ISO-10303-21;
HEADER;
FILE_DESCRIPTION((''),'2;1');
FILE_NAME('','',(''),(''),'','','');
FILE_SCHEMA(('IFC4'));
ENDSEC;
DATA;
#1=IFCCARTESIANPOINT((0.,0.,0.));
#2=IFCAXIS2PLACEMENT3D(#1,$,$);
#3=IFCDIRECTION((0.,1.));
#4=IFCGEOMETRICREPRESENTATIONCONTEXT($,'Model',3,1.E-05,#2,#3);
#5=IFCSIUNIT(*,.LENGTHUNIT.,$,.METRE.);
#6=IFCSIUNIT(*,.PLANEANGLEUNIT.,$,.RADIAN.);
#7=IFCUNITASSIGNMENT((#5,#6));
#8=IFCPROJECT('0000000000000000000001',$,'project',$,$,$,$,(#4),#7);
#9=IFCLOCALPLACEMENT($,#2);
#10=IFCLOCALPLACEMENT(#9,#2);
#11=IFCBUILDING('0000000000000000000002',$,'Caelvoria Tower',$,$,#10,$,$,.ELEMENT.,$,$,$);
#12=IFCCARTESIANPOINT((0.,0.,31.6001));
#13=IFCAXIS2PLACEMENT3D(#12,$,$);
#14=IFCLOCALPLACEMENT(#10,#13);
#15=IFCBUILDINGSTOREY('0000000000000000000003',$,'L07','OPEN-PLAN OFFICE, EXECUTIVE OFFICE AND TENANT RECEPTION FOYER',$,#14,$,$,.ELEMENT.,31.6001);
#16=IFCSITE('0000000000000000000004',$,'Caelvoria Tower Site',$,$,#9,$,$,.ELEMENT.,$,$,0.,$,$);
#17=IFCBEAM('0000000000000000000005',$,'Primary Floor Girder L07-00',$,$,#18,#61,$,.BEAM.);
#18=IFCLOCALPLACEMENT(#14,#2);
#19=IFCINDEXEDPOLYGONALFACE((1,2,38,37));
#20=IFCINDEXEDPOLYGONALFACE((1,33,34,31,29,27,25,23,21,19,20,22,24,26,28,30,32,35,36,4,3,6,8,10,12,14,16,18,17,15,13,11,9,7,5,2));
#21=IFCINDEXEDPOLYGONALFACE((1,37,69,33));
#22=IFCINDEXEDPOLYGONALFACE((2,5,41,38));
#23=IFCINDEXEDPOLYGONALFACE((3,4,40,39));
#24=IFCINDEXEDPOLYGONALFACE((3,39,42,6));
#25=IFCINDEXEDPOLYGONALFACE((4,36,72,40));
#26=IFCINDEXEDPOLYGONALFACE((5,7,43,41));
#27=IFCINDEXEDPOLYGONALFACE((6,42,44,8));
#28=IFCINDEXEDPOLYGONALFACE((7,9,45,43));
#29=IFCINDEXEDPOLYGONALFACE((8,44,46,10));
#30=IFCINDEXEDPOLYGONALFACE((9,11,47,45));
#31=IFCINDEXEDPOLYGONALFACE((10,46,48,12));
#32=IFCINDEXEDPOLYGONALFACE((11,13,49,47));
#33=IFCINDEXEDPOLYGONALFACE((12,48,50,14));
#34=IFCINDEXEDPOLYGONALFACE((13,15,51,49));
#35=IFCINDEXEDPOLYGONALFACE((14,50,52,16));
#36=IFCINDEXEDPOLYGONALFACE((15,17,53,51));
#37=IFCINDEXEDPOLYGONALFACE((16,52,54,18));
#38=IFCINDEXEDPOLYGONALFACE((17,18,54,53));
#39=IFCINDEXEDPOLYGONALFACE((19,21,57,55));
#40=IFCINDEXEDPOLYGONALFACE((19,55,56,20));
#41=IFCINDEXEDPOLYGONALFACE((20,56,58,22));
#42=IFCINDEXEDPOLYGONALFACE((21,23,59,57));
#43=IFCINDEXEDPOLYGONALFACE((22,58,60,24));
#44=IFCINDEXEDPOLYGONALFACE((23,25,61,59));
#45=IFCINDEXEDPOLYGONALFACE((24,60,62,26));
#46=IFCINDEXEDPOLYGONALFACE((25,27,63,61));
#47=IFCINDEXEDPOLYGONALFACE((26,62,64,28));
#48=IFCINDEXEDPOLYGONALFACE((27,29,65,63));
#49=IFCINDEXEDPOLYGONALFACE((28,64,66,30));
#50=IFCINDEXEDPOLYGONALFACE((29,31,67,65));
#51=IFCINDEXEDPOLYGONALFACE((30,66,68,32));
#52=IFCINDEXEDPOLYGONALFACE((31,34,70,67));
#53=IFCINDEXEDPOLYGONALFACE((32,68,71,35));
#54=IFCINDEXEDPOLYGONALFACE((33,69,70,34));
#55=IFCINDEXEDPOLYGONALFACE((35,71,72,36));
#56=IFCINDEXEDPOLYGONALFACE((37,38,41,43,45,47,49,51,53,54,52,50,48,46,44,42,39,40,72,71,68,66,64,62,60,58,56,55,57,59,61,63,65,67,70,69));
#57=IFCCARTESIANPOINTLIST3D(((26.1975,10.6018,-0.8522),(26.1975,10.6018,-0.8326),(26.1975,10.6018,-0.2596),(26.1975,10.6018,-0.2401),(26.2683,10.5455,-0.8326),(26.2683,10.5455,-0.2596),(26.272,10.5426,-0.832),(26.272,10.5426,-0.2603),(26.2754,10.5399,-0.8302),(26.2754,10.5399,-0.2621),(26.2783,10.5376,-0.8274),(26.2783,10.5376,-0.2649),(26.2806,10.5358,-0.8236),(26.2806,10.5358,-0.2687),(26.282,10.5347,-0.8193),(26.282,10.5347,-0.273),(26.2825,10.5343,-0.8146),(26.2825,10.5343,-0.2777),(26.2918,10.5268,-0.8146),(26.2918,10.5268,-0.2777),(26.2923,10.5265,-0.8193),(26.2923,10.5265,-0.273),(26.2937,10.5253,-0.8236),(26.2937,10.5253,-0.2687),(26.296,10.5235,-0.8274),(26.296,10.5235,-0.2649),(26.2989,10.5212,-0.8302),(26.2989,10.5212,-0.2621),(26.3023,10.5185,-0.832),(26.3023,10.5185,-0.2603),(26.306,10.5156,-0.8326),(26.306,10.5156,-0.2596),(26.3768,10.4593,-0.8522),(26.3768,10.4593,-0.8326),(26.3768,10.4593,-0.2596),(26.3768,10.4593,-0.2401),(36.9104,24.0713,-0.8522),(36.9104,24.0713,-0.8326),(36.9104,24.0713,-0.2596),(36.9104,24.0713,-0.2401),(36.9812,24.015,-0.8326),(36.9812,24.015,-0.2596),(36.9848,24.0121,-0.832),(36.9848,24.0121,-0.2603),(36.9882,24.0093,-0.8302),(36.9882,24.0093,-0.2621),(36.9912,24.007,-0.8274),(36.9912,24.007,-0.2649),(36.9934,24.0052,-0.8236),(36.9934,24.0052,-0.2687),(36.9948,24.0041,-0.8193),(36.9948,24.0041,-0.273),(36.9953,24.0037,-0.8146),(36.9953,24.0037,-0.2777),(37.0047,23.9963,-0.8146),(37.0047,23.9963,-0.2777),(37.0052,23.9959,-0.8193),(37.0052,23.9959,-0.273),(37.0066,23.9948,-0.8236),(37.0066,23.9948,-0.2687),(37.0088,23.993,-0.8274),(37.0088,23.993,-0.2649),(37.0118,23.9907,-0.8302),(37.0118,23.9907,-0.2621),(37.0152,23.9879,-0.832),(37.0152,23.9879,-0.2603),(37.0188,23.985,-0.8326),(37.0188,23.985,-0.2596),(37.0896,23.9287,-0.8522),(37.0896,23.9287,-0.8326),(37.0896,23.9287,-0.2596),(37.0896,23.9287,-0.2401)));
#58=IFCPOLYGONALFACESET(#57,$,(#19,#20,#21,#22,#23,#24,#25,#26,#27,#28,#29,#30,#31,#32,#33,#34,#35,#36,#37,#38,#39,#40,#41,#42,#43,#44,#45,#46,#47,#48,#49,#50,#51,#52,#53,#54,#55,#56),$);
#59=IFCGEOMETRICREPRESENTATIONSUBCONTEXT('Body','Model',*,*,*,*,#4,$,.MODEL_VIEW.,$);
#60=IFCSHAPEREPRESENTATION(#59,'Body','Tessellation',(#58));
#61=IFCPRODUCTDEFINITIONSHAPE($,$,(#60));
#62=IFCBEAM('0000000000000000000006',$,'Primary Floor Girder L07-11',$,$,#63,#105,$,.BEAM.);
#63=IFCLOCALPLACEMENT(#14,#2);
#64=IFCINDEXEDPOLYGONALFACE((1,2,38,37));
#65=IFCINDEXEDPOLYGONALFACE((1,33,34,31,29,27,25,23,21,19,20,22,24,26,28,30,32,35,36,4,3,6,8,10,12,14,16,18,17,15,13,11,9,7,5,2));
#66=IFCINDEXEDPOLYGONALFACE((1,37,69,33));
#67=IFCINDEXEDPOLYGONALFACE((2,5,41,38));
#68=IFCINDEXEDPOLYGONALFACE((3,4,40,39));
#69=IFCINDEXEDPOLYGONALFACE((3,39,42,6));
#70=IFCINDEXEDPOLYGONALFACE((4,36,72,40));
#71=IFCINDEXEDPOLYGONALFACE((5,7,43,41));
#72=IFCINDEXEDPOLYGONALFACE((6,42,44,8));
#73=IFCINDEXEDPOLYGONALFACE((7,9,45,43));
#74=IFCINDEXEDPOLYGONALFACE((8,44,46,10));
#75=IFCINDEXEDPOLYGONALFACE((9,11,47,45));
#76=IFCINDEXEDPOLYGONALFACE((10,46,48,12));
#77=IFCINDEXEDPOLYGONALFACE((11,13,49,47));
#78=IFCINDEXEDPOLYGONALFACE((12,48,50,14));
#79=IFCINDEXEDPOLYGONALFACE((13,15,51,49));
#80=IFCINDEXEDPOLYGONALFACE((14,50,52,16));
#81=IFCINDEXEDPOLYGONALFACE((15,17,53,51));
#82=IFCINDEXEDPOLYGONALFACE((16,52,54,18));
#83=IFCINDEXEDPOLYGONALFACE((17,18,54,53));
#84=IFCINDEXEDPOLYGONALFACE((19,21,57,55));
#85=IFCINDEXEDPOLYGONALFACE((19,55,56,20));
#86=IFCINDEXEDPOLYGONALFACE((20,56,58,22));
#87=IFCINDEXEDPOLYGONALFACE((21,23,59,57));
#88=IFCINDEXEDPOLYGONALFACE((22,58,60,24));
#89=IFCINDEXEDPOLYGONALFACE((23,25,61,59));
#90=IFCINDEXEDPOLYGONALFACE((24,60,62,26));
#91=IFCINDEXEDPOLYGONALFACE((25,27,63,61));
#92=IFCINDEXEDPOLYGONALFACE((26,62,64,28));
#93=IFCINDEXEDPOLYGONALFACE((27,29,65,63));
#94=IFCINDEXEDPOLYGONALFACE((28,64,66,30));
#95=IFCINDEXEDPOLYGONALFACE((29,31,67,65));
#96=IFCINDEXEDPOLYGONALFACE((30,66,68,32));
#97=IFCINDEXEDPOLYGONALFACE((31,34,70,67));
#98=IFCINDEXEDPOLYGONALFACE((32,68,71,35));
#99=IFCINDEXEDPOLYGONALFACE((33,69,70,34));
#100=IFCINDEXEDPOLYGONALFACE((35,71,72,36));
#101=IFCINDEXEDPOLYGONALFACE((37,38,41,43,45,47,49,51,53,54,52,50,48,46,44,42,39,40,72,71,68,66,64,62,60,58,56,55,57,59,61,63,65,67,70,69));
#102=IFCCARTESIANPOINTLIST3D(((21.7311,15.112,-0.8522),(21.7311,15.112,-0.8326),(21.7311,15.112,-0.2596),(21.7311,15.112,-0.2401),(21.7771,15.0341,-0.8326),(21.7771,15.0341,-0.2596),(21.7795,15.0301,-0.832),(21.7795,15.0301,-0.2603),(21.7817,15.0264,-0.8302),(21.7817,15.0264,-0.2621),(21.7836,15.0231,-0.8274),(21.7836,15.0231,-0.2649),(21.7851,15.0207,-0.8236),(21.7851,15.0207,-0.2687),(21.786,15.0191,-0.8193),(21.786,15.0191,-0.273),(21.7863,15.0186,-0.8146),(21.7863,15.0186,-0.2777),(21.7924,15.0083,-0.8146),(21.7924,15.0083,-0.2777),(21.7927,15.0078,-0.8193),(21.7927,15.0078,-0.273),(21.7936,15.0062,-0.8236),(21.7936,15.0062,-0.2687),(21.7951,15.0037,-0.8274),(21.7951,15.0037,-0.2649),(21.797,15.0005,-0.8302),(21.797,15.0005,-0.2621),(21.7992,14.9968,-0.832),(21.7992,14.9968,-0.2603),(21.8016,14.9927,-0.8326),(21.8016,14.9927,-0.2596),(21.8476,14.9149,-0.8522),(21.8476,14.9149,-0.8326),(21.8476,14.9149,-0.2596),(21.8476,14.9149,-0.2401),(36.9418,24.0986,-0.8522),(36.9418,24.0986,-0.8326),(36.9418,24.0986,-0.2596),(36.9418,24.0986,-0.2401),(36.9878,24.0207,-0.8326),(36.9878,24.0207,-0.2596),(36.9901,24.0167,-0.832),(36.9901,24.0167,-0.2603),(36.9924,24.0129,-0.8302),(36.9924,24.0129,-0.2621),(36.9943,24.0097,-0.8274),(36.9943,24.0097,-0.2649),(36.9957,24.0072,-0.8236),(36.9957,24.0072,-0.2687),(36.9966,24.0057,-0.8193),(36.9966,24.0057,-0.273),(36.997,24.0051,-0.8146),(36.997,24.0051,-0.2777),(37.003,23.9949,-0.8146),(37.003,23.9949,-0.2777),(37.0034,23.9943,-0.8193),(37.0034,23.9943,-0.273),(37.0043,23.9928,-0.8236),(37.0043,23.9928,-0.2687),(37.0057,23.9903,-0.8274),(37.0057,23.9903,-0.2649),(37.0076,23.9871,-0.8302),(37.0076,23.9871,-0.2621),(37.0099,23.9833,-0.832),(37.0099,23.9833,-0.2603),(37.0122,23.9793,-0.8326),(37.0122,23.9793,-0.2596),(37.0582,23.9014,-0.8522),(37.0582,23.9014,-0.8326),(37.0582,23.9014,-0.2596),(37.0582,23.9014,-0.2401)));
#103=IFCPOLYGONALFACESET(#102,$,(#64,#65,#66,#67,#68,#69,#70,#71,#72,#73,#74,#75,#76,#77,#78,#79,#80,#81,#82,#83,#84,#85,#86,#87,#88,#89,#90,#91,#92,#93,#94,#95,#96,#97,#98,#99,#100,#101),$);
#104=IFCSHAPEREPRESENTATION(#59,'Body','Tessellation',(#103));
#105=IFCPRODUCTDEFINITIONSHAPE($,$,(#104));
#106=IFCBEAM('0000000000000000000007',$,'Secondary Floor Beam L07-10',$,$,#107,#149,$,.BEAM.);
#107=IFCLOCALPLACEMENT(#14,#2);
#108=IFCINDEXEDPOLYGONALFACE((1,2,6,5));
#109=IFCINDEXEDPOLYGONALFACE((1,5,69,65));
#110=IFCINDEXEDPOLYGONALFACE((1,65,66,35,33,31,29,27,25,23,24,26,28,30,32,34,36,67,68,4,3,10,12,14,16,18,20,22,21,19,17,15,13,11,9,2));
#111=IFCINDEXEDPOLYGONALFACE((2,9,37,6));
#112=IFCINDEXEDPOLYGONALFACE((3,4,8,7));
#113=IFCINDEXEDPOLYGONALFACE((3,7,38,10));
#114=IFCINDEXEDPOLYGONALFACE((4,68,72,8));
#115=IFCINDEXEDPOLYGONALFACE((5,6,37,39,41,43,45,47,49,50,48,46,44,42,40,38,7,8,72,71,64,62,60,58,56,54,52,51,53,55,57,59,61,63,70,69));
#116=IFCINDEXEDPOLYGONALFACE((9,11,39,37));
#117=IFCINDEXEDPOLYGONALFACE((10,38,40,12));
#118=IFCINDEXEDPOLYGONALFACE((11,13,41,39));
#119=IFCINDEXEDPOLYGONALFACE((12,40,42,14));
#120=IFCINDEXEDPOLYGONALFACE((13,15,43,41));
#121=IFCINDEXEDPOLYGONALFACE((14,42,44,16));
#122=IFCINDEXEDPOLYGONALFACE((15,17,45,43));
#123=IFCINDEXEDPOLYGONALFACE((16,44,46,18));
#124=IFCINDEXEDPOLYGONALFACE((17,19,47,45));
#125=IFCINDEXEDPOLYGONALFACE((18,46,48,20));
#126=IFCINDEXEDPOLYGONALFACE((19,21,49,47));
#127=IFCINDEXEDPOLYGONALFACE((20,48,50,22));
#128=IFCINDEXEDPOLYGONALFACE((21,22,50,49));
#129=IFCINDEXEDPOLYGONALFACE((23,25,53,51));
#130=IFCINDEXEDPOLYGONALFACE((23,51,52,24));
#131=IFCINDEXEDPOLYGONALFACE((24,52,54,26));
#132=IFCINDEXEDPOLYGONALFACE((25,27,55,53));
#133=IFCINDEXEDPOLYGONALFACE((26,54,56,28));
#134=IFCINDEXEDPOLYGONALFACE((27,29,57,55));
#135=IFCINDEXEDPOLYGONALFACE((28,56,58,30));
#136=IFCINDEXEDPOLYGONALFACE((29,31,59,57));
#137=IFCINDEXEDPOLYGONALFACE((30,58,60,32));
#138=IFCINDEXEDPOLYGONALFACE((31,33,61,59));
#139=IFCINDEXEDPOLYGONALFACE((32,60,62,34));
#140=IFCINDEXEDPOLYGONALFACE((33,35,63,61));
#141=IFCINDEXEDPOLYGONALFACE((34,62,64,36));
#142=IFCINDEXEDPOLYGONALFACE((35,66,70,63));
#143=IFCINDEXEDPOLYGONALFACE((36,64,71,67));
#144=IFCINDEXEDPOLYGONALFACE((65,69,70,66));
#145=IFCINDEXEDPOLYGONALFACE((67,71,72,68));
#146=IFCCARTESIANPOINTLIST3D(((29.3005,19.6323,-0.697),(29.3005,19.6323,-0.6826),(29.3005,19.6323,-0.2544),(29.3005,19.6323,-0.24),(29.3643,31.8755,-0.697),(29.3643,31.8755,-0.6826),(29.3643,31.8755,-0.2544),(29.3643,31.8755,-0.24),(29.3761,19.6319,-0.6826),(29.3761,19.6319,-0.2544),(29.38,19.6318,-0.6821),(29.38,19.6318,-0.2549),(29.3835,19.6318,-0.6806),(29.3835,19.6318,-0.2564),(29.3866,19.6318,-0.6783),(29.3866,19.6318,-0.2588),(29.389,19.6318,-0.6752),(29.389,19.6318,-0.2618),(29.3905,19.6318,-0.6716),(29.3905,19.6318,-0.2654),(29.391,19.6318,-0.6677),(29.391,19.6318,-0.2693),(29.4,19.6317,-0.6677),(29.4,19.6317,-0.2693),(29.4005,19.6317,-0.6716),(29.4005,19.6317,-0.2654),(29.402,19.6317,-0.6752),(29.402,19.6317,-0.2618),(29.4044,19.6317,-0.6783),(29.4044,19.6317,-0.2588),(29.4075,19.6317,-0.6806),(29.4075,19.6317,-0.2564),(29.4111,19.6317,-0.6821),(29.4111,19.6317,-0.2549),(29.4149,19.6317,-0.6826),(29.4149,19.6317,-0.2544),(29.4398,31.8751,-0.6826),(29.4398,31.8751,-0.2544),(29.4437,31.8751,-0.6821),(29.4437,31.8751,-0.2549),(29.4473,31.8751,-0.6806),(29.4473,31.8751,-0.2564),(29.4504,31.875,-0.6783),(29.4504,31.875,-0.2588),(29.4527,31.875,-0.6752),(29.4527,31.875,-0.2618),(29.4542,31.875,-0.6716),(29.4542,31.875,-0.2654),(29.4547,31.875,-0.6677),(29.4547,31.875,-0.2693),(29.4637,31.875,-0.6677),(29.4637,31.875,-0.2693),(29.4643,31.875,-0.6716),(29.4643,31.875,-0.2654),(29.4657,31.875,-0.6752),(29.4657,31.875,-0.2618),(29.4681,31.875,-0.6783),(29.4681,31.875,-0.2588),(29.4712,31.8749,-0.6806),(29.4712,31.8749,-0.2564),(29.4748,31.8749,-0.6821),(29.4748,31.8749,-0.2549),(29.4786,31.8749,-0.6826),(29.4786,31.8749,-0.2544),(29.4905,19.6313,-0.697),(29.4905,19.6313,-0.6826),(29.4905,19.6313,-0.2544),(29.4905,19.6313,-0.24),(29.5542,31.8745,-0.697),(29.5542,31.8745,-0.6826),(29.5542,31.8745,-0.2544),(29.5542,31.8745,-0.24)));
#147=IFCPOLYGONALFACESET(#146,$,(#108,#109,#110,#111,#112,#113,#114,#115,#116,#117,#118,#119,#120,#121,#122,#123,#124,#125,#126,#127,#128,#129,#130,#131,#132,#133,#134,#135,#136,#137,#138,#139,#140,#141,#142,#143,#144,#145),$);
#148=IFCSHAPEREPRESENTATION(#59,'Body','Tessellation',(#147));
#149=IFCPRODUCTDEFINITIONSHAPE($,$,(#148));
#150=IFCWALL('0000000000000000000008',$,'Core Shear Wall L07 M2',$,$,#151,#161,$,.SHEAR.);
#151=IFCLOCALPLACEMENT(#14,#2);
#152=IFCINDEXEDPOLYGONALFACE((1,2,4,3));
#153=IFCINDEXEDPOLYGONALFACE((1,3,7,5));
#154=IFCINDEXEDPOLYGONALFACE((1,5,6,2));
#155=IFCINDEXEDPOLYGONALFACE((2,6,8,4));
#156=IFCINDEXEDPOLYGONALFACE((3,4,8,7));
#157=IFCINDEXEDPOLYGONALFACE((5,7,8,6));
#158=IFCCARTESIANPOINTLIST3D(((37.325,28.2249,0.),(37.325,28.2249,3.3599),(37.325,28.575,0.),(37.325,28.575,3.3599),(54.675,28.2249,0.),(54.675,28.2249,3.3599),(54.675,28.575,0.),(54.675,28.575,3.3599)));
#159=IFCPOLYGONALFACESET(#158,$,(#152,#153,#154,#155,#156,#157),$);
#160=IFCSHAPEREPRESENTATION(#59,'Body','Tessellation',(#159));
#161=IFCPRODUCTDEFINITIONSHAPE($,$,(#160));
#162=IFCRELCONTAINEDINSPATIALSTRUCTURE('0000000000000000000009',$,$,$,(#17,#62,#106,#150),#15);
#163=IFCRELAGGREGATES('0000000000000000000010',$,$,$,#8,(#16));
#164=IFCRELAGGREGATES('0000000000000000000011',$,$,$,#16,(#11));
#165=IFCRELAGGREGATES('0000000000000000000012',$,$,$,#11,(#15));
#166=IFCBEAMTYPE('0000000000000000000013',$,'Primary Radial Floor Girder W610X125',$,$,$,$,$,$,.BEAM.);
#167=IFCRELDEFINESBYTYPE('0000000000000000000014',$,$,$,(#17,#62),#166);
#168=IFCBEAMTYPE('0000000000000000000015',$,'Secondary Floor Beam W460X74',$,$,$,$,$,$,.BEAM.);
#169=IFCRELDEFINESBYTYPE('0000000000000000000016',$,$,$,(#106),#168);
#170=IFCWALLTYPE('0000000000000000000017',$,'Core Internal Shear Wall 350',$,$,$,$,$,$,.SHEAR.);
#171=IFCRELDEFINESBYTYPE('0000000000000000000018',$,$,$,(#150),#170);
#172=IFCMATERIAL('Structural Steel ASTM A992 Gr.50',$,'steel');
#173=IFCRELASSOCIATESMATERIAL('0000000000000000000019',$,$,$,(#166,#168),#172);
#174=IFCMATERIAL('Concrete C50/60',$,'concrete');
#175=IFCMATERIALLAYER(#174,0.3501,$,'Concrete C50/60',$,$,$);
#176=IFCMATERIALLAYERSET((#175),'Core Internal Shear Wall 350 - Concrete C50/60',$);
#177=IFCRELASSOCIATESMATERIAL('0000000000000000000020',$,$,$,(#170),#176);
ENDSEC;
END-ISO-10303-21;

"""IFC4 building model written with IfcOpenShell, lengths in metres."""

from ifc_helpers import new_model, si_unit, direction, frame, frame_2d, origin, origin_2d, place, context, subcontext, project, spatial, rectangle, i_section, extrude, material, layer, layer_set, material_profile, profile_set, type_object, element, save


model = new_model("IFC4")

# Units and contexts
model_context = context("Model", 3, precision=1e-05, world=origin(), true_north=direction((0.0, 1.0)))
body_context = subcontext(model_context, "Body", "Model", "MODEL_VIEW")
ifc_project = project(units=[si_unit("LENGTHUNIT", "METRE"), si_unit("PLANEANGLEUNIT", "RADIAN")], contexts=[model_context])

# Site, building, storey
site_placement = place(None, origin())
site = spatial("IfcSite", under=ifc_project, at=site_placement, Name="Caelvoria Tower Site", CompositionType="ELEMENT", RefElevation=0.0)
building_placement = place(site_placement, origin())
building = spatial("IfcBuilding", under=site, at=building_placement, Name="Caelvoria Tower", CompositionType="ELEMENT")
storey_placement = place(building_placement, frame((0.0, 0.0, 31.6001)))
storey = spatial("IfcBuildingStorey", under=building, at=storey_placement, Name="L07", Description="OPEN-PLAN OFFICE, EXECUTIVE OFFICE AND TENANT RECEPTION FOYER", CompositionType="ELEMENT", Elevation=31.6001)

# Beams
ifc_material_1 = material(Name="Structural Steel ASTM A992 Gr.50", Category="steel")
ifc_material_profile_1 = material_profile(ifc_material_1, i_section(OverallWidth=0.229, OverallDepth=0.6121, WebThickness=0.012, FlangeThickness=0.0195, FilletRadius=0.0181, at=origin_2d()), Name="Structural Steel ASTM A992 Gr.50")
ifc_profile_set_1 = profile_set([ifc_material_profile_1], Name="W610X125 - Structural Steel ASTM A992 Gr.50")
beam_type_1 = type_object("IfcBeamType", Name="Primary Radial Floor Girder W610X125", PredefinedType="BEAM", material=ifc_profile_set_1)
beam_1_placement = place(storey_placement, frame((37.0, 24.0, -0.5461), z_axis=(-0.622471, -0.782643, 0.0), x_axis=(0.782643, -0.622471, 0.0)))
element("IfcBeam", 1, at=beam_1_placement, inside=storey, type_object=beam_type_1, Name="Primary Floor Girder L07-00", PredefinedType="BEAM", context=body_context, shape_type="SweptSolid", body=[
    extrude(i_section(OverallWidth=0.229, OverallDepth=0.6121, WebThickness=0.012, FlangeThickness=0.0195, FilletRadius=0.0181, at=origin_2d()), origin(), (0.0, 0.0, 1.0), 17.2102),
])
beam_2_placement = place(storey_placement, frame((37.0, 24.0, -0.5461), z_axis=(-0.860965, -0.508664, 0.0), x_axis=(0.508664, -0.860965, 0.0)))
element("IfcBeam", 2, at=beam_2_placement, inside=storey, type_object=beam_type_1, Name="Primary Floor Girder L07-11", PredefinedType="BEAM", context=body_context, shape_type="SweptSolid", body=[
    extrude(i_section(OverallWidth=0.229, OverallDepth=0.6121, WebThickness=0.012, FlangeThickness=0.0195, FilletRadius=0.0181, at=origin_2d()), origin(), (0.0, 0.0, 1.0), 17.667),
])
ifc_material_profile_2 = material_profile(ifc_material_1, i_section(OverallWidth=0.1899, OverallDepth=0.457, WebThickness=0.009, FlangeThickness=0.0144, FilletRadius=0.0149, at=origin_2d()), Name="Structural Steel ASTM A992 Gr.50")
ifc_profile_set_2 = profile_set([ifc_material_profile_2], Name="W460X74 - Structural Steel ASTM A992 Gr.50")
beam_type_2 = type_object("IfcBeamType", Name="Secondary Floor Beam W460X74", PredefinedType="BEAM", material=ifc_profile_set_2)
beam_3_placement = place(storey_placement, frame((29.4592, 31.875, -0.4685), z_axis=(-0.005205, -0.999986, 0.0), x_axis=(0.999986, -0.005205, 0.0)))
element("IfcBeam", 3, at=beam_3_placement, inside=storey, type_object=beam_type_2, Name="Secondary Floor Beam L07-10", PredefinedType="BEAM", context=body_context, shape_type="SweptSolid", body=[
    extrude(i_section(OverallWidth=0.1899, OverallDepth=0.457, WebThickness=0.009, FlangeThickness=0.0144, FilletRadius=0.0149, at=origin_2d()), origin(), (0.0, 0.0, 1.0), 12.2434),
])

# Shared definitions
ifc_material_2 = material(Name="Concrete C50/60", Category="concrete")
ifc_layer_1 = layer(ifc_material_2, 0.3501, Name="Concrete C50/60")
ifc_layer_set_1 = layer_set([ifc_layer_1], Name="Core Internal Shear Wall 350 - Concrete C50/60")
wall_type_1 = type_object("IfcWallType", Name="Core Internal Shear Wall 350", PredefinedType="SHEAR", material=ifc_layer_set_1)

# Wall
wall_1_placement = place(storey_placement, frame((37.325, 28.3999, 0.0), z_axis=(0.0, 0.0, 1.0), x_axis=(1.0, 0.0, 0.0)))
element("IfcWall", 4, at=wall_1_placement, inside=storey, type_object=wall_type_1, Name="Core Shear Wall L07 M2", PredefinedType="SHEAR", context=body_context, shape_type="SweptSolid", body=[
    extrude(rectangle(XDim=17.3501, YDim=0.3501, at=frame_2d((8.675, 0.0))), origin(), (0.0, 0.0, 1.0), 3.3599),
])

save(model, "model.ifc")
